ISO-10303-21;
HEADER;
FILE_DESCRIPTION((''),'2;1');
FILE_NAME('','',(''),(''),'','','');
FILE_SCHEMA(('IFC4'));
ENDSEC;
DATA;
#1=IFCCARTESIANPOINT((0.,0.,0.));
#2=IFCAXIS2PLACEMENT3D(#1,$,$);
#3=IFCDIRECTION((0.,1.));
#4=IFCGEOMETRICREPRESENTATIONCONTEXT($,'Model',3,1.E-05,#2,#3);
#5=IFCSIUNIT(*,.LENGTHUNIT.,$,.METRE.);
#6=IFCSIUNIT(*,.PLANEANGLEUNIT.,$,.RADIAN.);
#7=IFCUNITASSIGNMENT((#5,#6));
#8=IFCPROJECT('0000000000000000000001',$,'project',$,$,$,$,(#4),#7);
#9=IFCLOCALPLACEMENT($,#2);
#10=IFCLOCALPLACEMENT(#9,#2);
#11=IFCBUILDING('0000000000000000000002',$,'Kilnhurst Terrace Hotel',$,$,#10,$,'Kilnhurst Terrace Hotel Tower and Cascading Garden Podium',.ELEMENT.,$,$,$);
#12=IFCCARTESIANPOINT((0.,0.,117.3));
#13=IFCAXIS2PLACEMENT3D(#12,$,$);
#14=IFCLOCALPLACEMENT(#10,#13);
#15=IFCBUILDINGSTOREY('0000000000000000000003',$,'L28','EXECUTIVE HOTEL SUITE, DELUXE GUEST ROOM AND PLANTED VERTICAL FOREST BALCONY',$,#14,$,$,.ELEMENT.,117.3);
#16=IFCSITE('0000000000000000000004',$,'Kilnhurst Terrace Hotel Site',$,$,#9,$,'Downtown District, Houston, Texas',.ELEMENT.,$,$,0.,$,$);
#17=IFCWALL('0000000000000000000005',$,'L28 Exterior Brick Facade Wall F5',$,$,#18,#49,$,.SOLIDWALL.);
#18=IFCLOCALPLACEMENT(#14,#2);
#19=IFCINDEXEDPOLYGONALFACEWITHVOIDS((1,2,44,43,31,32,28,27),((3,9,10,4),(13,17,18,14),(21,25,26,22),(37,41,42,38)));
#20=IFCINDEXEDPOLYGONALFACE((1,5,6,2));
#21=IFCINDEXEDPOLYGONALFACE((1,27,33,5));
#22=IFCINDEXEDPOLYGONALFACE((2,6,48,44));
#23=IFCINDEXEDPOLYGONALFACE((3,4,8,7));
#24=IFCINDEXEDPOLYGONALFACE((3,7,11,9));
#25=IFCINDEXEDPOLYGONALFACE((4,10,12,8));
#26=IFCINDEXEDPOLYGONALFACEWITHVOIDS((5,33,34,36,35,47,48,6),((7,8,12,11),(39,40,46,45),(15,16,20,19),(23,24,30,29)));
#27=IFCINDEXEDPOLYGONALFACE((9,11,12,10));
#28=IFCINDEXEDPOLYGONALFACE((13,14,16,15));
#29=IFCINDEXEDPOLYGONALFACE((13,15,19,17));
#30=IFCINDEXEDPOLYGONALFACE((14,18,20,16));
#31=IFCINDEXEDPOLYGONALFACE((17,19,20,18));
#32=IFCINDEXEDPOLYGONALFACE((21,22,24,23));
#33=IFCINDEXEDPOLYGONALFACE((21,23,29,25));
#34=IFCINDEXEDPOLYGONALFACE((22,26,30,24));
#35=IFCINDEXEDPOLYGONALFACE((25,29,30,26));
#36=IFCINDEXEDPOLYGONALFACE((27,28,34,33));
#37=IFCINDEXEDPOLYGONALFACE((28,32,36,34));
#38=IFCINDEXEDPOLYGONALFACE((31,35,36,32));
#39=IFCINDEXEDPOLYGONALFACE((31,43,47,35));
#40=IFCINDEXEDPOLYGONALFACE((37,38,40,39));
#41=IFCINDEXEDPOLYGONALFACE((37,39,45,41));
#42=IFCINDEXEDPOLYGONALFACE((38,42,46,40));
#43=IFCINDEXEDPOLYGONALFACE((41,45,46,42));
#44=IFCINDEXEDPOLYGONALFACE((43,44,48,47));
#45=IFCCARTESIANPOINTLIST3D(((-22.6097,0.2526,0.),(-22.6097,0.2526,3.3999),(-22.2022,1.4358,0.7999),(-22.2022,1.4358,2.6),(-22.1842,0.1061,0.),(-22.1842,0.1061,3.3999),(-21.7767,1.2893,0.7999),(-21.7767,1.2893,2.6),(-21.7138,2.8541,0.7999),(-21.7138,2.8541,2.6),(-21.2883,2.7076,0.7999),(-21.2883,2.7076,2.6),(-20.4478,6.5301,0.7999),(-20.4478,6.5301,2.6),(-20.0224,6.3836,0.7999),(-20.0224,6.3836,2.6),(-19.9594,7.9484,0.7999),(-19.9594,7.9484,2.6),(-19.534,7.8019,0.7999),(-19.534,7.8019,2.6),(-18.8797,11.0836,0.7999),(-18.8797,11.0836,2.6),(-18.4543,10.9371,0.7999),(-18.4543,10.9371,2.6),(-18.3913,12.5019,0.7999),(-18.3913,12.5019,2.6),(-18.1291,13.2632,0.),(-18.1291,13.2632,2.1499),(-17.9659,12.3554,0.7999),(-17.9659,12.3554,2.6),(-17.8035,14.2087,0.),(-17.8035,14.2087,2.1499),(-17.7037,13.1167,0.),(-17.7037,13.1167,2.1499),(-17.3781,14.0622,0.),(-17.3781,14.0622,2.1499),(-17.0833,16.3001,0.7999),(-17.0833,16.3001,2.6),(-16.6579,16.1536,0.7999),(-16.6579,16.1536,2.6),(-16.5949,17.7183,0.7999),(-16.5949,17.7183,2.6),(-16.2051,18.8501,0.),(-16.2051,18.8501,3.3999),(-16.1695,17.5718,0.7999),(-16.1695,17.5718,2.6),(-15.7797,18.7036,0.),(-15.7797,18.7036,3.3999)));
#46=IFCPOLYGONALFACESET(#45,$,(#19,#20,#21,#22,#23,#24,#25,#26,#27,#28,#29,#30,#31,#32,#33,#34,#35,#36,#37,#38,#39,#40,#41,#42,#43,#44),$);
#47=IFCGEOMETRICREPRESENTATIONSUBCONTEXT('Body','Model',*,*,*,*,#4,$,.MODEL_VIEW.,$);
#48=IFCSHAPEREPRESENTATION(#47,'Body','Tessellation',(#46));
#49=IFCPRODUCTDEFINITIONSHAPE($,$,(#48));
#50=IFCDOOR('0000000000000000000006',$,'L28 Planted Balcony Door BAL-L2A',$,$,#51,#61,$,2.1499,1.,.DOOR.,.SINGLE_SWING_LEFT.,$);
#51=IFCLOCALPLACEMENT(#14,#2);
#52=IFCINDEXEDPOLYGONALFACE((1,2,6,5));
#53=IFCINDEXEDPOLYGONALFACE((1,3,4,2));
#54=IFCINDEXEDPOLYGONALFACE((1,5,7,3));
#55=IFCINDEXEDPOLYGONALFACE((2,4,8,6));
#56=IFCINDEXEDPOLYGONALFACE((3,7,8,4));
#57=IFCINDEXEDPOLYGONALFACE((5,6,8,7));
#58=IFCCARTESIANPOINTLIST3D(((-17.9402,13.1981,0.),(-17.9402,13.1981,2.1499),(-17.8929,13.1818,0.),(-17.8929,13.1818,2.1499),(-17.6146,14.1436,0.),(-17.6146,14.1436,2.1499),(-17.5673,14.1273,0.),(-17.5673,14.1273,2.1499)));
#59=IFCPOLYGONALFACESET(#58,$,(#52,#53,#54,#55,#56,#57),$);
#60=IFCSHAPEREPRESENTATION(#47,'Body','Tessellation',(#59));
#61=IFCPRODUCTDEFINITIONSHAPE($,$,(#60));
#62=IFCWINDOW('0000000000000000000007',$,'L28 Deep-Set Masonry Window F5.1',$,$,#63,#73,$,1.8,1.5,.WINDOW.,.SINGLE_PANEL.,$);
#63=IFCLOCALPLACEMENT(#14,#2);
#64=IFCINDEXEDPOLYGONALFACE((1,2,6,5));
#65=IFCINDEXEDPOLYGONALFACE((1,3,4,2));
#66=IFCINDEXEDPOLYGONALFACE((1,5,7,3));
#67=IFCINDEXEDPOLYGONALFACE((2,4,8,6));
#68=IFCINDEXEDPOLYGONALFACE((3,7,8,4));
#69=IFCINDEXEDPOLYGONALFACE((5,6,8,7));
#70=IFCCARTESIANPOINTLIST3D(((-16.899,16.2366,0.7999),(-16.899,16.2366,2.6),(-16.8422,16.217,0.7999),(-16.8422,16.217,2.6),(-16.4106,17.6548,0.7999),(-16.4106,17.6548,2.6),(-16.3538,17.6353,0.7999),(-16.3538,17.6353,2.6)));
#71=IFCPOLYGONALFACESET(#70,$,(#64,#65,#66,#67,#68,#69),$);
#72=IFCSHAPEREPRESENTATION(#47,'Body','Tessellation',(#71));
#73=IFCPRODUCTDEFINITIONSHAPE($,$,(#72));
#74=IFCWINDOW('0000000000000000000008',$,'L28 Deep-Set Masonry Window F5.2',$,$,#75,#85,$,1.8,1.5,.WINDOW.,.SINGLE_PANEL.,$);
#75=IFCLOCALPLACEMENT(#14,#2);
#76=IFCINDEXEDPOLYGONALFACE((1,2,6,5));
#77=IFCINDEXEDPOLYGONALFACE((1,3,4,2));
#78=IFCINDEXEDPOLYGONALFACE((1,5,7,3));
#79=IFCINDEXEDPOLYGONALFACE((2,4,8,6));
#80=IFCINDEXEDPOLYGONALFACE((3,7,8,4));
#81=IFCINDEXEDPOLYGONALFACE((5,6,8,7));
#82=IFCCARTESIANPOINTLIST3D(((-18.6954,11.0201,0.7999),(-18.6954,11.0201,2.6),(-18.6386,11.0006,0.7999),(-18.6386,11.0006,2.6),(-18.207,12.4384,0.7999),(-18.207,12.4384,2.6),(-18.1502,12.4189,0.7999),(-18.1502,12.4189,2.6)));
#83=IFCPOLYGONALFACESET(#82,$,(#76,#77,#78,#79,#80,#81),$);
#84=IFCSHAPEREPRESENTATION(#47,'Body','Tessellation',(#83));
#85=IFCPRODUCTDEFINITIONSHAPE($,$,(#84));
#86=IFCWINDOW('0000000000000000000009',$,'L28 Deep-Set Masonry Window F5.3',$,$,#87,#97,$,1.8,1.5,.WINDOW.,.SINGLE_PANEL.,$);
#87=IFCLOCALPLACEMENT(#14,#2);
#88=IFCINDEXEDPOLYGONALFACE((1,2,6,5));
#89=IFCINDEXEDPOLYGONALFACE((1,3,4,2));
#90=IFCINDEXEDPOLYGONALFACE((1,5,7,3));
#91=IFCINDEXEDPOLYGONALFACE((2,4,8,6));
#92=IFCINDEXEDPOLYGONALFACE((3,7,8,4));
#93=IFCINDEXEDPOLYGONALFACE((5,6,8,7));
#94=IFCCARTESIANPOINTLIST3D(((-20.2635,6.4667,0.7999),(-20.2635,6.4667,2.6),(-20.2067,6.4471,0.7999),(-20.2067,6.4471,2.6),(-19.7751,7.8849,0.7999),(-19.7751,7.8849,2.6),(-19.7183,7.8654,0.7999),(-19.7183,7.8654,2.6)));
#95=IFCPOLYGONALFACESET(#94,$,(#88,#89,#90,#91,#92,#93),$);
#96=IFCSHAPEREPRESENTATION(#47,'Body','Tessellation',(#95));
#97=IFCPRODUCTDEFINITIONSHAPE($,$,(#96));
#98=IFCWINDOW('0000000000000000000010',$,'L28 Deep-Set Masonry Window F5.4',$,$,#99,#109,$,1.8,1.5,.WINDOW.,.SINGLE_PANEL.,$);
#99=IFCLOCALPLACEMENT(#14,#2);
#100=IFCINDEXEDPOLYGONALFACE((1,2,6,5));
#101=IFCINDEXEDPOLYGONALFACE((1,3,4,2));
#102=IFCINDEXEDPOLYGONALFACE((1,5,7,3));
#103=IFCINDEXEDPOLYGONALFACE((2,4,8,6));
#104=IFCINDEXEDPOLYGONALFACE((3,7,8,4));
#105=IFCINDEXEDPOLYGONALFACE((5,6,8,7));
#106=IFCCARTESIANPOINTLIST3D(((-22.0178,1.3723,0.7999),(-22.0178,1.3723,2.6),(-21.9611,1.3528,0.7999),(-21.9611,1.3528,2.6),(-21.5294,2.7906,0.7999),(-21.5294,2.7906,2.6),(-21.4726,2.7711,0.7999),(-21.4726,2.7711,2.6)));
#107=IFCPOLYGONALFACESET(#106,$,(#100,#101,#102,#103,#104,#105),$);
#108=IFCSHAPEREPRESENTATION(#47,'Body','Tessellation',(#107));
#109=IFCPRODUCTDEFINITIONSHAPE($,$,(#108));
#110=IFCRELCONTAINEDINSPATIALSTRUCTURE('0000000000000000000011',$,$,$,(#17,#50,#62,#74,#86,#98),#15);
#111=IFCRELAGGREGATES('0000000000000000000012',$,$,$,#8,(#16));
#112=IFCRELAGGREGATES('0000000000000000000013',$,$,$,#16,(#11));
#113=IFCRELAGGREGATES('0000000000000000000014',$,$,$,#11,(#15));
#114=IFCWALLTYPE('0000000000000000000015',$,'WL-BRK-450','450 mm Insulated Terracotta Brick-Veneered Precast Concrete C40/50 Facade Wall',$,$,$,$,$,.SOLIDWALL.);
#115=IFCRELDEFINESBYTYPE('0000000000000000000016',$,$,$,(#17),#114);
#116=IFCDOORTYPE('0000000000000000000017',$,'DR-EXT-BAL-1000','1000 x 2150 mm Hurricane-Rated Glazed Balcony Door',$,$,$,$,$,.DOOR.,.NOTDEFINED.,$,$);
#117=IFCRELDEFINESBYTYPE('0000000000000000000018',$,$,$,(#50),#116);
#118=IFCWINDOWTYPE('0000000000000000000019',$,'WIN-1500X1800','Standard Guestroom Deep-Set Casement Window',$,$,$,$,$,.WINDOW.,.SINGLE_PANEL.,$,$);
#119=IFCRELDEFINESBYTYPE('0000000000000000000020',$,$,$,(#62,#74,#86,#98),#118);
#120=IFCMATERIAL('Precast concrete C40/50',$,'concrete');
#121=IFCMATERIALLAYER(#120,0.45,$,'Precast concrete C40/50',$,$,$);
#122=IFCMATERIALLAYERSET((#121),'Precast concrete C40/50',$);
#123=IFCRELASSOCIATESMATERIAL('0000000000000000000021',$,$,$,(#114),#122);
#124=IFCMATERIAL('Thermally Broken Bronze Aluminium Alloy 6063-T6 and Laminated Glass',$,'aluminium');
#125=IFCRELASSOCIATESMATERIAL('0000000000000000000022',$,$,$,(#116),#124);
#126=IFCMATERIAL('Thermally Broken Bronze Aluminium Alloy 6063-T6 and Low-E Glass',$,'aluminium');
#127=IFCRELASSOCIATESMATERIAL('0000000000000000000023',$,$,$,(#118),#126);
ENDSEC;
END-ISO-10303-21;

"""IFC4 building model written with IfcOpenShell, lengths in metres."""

from ifc_helpers import new_model, si_unit, direction, frame, frame_2d, origin, place, context, subcontext, project, spatial, rectangle, extrude, material, layer, layer_set, type_object, element, fill, save


model = new_model("IFC4")

# Units and contexts
model_context = context("Model", 3, precision=1e-05, world=origin(), true_north=direction((0.0, 1.0)))
body_context = subcontext(model_context, "Body", "Model", "MODEL_VIEW")
ifc_project = project(units=[si_unit("LENGTHUNIT", "METRE"), si_unit("PLANEANGLEUNIT", "RADIAN")], contexts=[model_context])

# Site, building, storey
site_placement = place(None, origin())
site = spatial("IfcSite", under=ifc_project, at=site_placement, Name="Kilnhurst Terrace Hotel Site", LongName="Downtown District, Houston, Texas", CompositionType="ELEMENT", RefElevation=0.0)
building_placement = place(site_placement, origin())
building = spatial("IfcBuilding", under=site, at=building_placement, Name="Kilnhurst Terrace Hotel", LongName="Kilnhurst Terrace Hotel Tower and Cascading Garden Podium", CompositionType="ELEMENT")
storey_placement = place(building_placement, frame((0.0, 0.0, 117.3)))
storey = spatial("IfcBuildingStorey", under=building, at=storey_placement, Name="L28", Description="EXECUTIVE HOTEL SUITE, DELUXE GUEST ROOM AND PLANTED VERTICAL FOREST BALCONY", CompositionType="ELEMENT", Elevation=117.3)

# Shared definitions
ifc_material_1 = material(Name="Precast concrete C40/50", Category="concrete")
ifc_layer_1 = layer(ifc_material_1, 0.45, Name="Precast concrete C40/50")
ifc_layer_set_1 = layer_set([ifc_layer_1], Name="Precast concrete C40/50")
wall_type_1 = type_object("IfcWallType", Name="WL-BRK-450", Description="450 mm Insulated Terracotta Brick-Veneered Precast Concrete C40/50 Facade Wall", PredefinedType="SOLIDWALL", material=ifc_layer_set_1)

# Wall, openings, door, windows
wall_1_placement = place(storey_placement, frame((-15.9924, 18.7769, 0.0), z_axis=(0.0, 0.0, 1.0), x_axis=(-0.325607, -0.945505, 0.0)))
wall_1 = element("IfcWall", 1, at=wall_1_placement, inside=storey, type_object=wall_type_1, Name="L28 Exterior Brick Facade Wall F5", PredefinedType="SOLIDWALL", context=body_context, shape_type="SweptSolid", body=[
    extrude(rectangle(XDim=19.6694, YDim=0.45, at=frame_2d((9.8347, 0.0))), origin(), (0.0, 0.0, 1.0), 3.3999),
])
opening_1_placement = place(wall_1_placement, frame((4.9089, 0.0, 0.0)))
opening_1 = element("IfcOpeningElement", 2, at=opening_1_placement, cuts=wall_1, PredefinedType="OPENING", context=body_context, shape_type="SweptSolid", body=[
    extrude(rectangle(XDim=1.0, YDim=2.1499, at=frame_2d((0.5, 1.075))), frame((0.0, 0.2349, 0.0), z_axis=(0.0, -1.0, 0.0), x_axis=(1.0, 0.0, 0.0)), (0.0, 0.0, 1.0), 0.47),
])
opening_2_placement = place(wall_1_placement, frame((1.197, 0.0, 0.8)))
opening_2 = element("IfcOpeningElement", 3, at=opening_2_placement, cuts=wall_1, PredefinedType="OPENING", context=body_context, shape_type="SweptSolid", body=[
    extrude(rectangle(XDim=1.5, YDim=1.8, at=frame_2d((0.75, 0.8999))), frame((0.0, 0.2349, 0.0), z_axis=(0.0, -1.0, 0.0), x_axis=(1.0, 0.0, 0.0)), (0.0, 0.0, 1.0), 0.47),
])
opening_3_placement = place(wall_1_placement, frame((6.7141, 0.0, 0.8)))
opening_3 = element("IfcOpeningElement", 4, at=opening_3_placement, cuts=wall_1, PredefinedType="OPENING", context=body_context, shape_type="SweptSolid", body=[
    extrude(rectangle(XDim=1.5, YDim=1.8, at=frame_2d((0.75, 0.8999))), frame((0.0, 0.2349, 0.0), z_axis=(0.0, -1.0, 0.0), x_axis=(1.0, 0.0, 0.0)), (0.0, 0.0, 1.0), 0.47),
])
opening_4_placement = place(wall_1_placement, frame((11.53, 0.0, 0.8)))
opening_4 = element("IfcOpeningElement", 5, at=opening_4_placement, cuts=wall_1, PredefinedType="OPENING", context=body_context, shape_type="SweptSolid", body=[
    extrude(rectangle(XDim=1.5, YDim=1.8, at=frame_2d((0.75, 0.8999))), frame((0.0, 0.2349, 0.0), z_axis=(0.0, -1.0, 0.0), x_axis=(1.0, 0.0, 0.0)), (0.0, 0.0, 1.0), 0.47),
])
opening_5_placement = place(wall_1_placement, frame((16.918, 0.0, 0.8)))
opening_5 = element("IfcOpeningElement", 6, at=opening_5_placement, cuts=wall_1, PredefinedType="OPENING", context=body_context, shape_type="SweptSolid", body=[
    extrude(rectangle(XDim=1.5, YDim=1.8, at=frame_2d((0.75, 0.8999))), frame((0.0, 0.2349, 0.0), z_axis=(0.0, -1.0, 0.0), x_axis=(1.0, 0.0, 0.0)), (0.0, 0.0, 1.0), 0.47),
])
ifc_material_2 = material(Name="Thermally Broken Bronze Aluminium Alloy 6063-T6 and Laminated Glass", Category="aluminium")
door_type_1 = type_object("IfcDoorType", Name="DR-EXT-BAL-1000", Description="1000 x 2150 mm Hurricane-Rated Glazed Balcony Door", OperationType="NOTDEFINED", PredefinedType="DOOR", material=ifc_material_2)
door_1_placement = place(opening_1_placement, origin())
door_1 = element("IfcDoor", 7, at=door_1_placement, inside=storey, type_object=door_type_1, Name="L28 Planted Balcony Door BAL-L2A", OperationType="SINGLE_SWING_LEFT", OverallHeight=2.1499, OverallWidth=1.0, PredefinedType="DOOR", context=body_context, shape_type="SweptSolid", body=[
    extrude(rectangle(XDim=1.0, YDim=2.1499, at=frame_2d((0.5, 1.075))), frame((0.0, 0.0249, 0.0), z_axis=(0.0, -1.0, 0.0), x_axis=(1.0, 0.0, 0.0)), (0.0, 0.0, 1.0), 0.05),
])
fill(opening_1, door_1)
ifc_material_3 = material(Name="Thermally Broken Bronze Aluminium Alloy 6063-T6 and Low-E Glass", Category="aluminium")
window_type = type_object("IfcWindowType", Name="WIN-1500X1800", Description="Standard Guestroom Deep-Set Casement Window", PartitioningType="SINGLE_PANEL", PredefinedType="WINDOW", material=ifc_material_3)
window_1_placement = place(opening_2_placement, origin())
window_1 = element("IfcWindow", 8, at=window_1_placement, inside=storey, type_object=window_type, Name="L28 Deep-Set Masonry Window F5.1", OverallHeight=1.8, OverallWidth=1.5, PartitioningType="SINGLE_PANEL", PredefinedType="WINDOW", context=body_context, shape_type="SweptSolid", body=[
    extrude(rectangle(XDim=1.5, YDim=1.8, at=frame_2d((0.75, 0.8999))), frame((0.0, 0.03, 0.0), z_axis=(0.0, -1.0, 0.0), x_axis=(1.0, 0.0, 0.0)), (0.0, 0.0, 1.0), 0.0601),
])
fill(opening_2, window_1)
window_2_placement = place(opening_3_placement, origin())
window_2 = element("IfcWindow", 9, at=window_2_placement, inside=storey, type_object=window_type, Name="L28 Deep-Set Masonry Window F5.2", OverallHeight=1.8, OverallWidth=1.5, PartitioningType="SINGLE_PANEL", PredefinedType="WINDOW", context=body_context, shape_type="SweptSolid", body=[
    extrude(rectangle(XDim=1.5, YDim=1.8, at=frame_2d((0.75, 0.8999))), frame((0.0, 0.03, 0.0), z_axis=(0.0, -1.0, 0.0), x_axis=(1.0, 0.0, 0.0)), (0.0, 0.0, 1.0), 0.0601),
])
fill(opening_3, window_2)
window_3_placement = place(opening_4_placement, origin())
window_3 = element("IfcWindow", 10, at=window_3_placement, inside=storey, type_object=window_type, Name="L28 Deep-Set Masonry Window F5.3", OverallHeight=1.8, OverallWidth=1.5, PartitioningType="SINGLE_PANEL", PredefinedType="WINDOW", context=body_context, shape_type="SweptSolid", body=[
    extrude(rectangle(XDim=1.5, YDim=1.8, at=frame_2d((0.75, 0.8999))), frame((0.0, 0.03, 0.0), z_axis=(0.0, -1.0, 0.0), x_axis=(1.0, 0.0, 0.0)), (0.0, 0.0, 1.0), 0.0601),
])
fill(opening_4, window_3)
window_4_placement = place(opening_5_placement, origin())
window_4 = element("IfcWindow", 11, at=window_4_placement, inside=storey, type_object=window_type, Name="L28 Deep-Set Masonry Window F5.4", OverallHeight=1.8, OverallWidth=1.5, PartitioningType="SINGLE_PANEL", PredefinedType="WINDOW", context=body_context, shape_type="SweptSolid", body=[
    extrude(rectangle(XDim=1.5, YDim=1.8, at=frame_2d((0.75, 0.8999))), frame((0.0, 0.03, 0.0), z_axis=(0.0, -1.0, 0.0), x_axis=(1.0, 0.0, 0.0)), (0.0, 0.0, 1.0), 0.0601),
])
fill(opening_5, window_4)

save(model, "model.ifc")
